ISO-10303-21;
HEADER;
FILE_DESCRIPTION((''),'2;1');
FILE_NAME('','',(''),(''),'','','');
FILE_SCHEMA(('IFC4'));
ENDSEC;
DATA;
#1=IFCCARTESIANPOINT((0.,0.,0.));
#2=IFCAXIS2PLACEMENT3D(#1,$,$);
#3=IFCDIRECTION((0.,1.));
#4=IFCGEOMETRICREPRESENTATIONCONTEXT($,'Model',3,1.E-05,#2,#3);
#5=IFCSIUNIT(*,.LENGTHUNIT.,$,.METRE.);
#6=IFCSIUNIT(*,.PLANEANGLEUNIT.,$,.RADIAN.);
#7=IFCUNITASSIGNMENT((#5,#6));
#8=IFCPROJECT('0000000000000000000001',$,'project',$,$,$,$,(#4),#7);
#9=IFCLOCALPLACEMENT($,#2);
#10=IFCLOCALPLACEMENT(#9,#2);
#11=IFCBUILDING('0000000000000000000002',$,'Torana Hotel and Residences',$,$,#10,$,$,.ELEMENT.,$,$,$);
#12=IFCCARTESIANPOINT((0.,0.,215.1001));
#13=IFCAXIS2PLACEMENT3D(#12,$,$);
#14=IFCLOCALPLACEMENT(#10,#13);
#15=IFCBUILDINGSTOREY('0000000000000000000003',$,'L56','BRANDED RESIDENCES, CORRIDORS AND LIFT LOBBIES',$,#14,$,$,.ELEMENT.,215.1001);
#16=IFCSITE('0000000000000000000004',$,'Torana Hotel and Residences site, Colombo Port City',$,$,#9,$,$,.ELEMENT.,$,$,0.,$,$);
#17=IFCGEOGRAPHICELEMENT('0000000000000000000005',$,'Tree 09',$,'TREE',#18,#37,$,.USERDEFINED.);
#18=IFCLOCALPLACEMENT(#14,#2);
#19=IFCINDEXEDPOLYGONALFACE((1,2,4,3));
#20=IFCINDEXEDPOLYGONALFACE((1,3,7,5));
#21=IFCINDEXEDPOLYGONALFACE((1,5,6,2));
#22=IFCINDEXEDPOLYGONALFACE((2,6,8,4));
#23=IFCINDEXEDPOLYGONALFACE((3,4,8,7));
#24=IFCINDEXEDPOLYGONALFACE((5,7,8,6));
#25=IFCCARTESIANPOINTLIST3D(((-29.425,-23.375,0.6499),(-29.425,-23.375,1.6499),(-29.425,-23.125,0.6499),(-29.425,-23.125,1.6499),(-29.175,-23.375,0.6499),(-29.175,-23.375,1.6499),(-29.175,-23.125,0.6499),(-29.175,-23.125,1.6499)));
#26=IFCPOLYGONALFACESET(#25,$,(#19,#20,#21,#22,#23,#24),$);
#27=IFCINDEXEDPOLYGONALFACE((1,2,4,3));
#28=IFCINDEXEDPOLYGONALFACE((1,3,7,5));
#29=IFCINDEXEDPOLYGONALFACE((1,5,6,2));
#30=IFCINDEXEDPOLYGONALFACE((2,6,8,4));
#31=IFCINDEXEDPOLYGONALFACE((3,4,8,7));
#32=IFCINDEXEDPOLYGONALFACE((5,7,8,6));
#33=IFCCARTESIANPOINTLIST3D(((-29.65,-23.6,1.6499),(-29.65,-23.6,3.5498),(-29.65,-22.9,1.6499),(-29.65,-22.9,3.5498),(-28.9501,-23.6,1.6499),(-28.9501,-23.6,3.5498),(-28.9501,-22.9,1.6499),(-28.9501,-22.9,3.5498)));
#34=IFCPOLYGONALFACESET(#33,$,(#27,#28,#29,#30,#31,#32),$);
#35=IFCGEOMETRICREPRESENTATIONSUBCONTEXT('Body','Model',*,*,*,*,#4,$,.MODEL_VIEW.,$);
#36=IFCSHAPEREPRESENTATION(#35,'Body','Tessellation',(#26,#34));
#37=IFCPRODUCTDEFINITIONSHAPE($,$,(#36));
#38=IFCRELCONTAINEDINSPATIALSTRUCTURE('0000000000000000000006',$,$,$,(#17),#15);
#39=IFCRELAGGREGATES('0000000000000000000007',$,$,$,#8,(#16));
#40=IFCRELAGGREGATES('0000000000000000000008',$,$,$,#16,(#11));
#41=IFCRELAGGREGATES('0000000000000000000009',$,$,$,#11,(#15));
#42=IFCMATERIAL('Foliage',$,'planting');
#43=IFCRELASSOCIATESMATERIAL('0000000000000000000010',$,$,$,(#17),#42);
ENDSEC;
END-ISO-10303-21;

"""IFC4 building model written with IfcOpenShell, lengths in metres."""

from ifc_helpers import new_model, si_unit, direction, frame, origin, origin_2d, place, context, subcontext, project, spatial, rectangle, extrude, material, element, save


model = new_model("IFC4")

# Units and contexts
model_context = context("Model", 3, precision=1e-05, world=origin(), true_north=direction((0.0, 1.0)))
body_context = subcontext(model_context, "Body", "Model", "MODEL_VIEW")
ifc_project = project(units=[si_unit("LENGTHUNIT", "METRE"), si_unit("PLANEANGLEUNIT", "RADIAN")], contexts=[model_context])

# Site, building, storey
site_placement = place(None, origin())
site = spatial("IfcSite", under=ifc_project, at=site_placement, Name="Torana Hotel and Residences site, Colombo Port City", CompositionType="ELEMENT", RefElevation=0.0)
building_placement = place(site_placement, origin())
building = spatial("IfcBuilding", under=site, at=building_placement, Name="Torana Hotel and Residences", CompositionType="ELEMENT")
storey_placement = place(building_placement, frame((0.0, 0.0, 215.1001)))
storey = spatial("IfcBuildingStorey", under=building, at=storey_placement, Name="L56", Description="BRANDED RESIDENCES, CORRIDORS AND LIFT LOBBIES", CompositionType="ELEMENT", Elevation=215.1001)

# Geographic element
ifc_material_1 = material(Name="Foliage", Category="planting")
geographic_element_placement = place(storey_placement, frame((-29.3, -23.25, 0.6499), z_axis=(0.0, 0.0, 1.0), x_axis=(1.0, 0.0, 0.0)))
element("IfcGeographicElement", 1, at=geographic_element_placement, inside=storey, material=ifc_material_1, Name="Tree 09", ObjectType="TREE", PredefinedType="USERDEFINED", context=body_context, shape_type="SweptSolid", body=[
    extrude(rectangle(XDim=0.25, YDim=0.25, at=origin_2d()), origin(), (0.0, 0.0, 1.0), 1.0),
    extrude(rectangle(XDim=0.7, YDim=0.7, at=origin_2d()), frame((0.0, 0.0, 1.0)), (0.0, 0.0, 1.0), 1.8999),
])

save(model, "model.ifc")
